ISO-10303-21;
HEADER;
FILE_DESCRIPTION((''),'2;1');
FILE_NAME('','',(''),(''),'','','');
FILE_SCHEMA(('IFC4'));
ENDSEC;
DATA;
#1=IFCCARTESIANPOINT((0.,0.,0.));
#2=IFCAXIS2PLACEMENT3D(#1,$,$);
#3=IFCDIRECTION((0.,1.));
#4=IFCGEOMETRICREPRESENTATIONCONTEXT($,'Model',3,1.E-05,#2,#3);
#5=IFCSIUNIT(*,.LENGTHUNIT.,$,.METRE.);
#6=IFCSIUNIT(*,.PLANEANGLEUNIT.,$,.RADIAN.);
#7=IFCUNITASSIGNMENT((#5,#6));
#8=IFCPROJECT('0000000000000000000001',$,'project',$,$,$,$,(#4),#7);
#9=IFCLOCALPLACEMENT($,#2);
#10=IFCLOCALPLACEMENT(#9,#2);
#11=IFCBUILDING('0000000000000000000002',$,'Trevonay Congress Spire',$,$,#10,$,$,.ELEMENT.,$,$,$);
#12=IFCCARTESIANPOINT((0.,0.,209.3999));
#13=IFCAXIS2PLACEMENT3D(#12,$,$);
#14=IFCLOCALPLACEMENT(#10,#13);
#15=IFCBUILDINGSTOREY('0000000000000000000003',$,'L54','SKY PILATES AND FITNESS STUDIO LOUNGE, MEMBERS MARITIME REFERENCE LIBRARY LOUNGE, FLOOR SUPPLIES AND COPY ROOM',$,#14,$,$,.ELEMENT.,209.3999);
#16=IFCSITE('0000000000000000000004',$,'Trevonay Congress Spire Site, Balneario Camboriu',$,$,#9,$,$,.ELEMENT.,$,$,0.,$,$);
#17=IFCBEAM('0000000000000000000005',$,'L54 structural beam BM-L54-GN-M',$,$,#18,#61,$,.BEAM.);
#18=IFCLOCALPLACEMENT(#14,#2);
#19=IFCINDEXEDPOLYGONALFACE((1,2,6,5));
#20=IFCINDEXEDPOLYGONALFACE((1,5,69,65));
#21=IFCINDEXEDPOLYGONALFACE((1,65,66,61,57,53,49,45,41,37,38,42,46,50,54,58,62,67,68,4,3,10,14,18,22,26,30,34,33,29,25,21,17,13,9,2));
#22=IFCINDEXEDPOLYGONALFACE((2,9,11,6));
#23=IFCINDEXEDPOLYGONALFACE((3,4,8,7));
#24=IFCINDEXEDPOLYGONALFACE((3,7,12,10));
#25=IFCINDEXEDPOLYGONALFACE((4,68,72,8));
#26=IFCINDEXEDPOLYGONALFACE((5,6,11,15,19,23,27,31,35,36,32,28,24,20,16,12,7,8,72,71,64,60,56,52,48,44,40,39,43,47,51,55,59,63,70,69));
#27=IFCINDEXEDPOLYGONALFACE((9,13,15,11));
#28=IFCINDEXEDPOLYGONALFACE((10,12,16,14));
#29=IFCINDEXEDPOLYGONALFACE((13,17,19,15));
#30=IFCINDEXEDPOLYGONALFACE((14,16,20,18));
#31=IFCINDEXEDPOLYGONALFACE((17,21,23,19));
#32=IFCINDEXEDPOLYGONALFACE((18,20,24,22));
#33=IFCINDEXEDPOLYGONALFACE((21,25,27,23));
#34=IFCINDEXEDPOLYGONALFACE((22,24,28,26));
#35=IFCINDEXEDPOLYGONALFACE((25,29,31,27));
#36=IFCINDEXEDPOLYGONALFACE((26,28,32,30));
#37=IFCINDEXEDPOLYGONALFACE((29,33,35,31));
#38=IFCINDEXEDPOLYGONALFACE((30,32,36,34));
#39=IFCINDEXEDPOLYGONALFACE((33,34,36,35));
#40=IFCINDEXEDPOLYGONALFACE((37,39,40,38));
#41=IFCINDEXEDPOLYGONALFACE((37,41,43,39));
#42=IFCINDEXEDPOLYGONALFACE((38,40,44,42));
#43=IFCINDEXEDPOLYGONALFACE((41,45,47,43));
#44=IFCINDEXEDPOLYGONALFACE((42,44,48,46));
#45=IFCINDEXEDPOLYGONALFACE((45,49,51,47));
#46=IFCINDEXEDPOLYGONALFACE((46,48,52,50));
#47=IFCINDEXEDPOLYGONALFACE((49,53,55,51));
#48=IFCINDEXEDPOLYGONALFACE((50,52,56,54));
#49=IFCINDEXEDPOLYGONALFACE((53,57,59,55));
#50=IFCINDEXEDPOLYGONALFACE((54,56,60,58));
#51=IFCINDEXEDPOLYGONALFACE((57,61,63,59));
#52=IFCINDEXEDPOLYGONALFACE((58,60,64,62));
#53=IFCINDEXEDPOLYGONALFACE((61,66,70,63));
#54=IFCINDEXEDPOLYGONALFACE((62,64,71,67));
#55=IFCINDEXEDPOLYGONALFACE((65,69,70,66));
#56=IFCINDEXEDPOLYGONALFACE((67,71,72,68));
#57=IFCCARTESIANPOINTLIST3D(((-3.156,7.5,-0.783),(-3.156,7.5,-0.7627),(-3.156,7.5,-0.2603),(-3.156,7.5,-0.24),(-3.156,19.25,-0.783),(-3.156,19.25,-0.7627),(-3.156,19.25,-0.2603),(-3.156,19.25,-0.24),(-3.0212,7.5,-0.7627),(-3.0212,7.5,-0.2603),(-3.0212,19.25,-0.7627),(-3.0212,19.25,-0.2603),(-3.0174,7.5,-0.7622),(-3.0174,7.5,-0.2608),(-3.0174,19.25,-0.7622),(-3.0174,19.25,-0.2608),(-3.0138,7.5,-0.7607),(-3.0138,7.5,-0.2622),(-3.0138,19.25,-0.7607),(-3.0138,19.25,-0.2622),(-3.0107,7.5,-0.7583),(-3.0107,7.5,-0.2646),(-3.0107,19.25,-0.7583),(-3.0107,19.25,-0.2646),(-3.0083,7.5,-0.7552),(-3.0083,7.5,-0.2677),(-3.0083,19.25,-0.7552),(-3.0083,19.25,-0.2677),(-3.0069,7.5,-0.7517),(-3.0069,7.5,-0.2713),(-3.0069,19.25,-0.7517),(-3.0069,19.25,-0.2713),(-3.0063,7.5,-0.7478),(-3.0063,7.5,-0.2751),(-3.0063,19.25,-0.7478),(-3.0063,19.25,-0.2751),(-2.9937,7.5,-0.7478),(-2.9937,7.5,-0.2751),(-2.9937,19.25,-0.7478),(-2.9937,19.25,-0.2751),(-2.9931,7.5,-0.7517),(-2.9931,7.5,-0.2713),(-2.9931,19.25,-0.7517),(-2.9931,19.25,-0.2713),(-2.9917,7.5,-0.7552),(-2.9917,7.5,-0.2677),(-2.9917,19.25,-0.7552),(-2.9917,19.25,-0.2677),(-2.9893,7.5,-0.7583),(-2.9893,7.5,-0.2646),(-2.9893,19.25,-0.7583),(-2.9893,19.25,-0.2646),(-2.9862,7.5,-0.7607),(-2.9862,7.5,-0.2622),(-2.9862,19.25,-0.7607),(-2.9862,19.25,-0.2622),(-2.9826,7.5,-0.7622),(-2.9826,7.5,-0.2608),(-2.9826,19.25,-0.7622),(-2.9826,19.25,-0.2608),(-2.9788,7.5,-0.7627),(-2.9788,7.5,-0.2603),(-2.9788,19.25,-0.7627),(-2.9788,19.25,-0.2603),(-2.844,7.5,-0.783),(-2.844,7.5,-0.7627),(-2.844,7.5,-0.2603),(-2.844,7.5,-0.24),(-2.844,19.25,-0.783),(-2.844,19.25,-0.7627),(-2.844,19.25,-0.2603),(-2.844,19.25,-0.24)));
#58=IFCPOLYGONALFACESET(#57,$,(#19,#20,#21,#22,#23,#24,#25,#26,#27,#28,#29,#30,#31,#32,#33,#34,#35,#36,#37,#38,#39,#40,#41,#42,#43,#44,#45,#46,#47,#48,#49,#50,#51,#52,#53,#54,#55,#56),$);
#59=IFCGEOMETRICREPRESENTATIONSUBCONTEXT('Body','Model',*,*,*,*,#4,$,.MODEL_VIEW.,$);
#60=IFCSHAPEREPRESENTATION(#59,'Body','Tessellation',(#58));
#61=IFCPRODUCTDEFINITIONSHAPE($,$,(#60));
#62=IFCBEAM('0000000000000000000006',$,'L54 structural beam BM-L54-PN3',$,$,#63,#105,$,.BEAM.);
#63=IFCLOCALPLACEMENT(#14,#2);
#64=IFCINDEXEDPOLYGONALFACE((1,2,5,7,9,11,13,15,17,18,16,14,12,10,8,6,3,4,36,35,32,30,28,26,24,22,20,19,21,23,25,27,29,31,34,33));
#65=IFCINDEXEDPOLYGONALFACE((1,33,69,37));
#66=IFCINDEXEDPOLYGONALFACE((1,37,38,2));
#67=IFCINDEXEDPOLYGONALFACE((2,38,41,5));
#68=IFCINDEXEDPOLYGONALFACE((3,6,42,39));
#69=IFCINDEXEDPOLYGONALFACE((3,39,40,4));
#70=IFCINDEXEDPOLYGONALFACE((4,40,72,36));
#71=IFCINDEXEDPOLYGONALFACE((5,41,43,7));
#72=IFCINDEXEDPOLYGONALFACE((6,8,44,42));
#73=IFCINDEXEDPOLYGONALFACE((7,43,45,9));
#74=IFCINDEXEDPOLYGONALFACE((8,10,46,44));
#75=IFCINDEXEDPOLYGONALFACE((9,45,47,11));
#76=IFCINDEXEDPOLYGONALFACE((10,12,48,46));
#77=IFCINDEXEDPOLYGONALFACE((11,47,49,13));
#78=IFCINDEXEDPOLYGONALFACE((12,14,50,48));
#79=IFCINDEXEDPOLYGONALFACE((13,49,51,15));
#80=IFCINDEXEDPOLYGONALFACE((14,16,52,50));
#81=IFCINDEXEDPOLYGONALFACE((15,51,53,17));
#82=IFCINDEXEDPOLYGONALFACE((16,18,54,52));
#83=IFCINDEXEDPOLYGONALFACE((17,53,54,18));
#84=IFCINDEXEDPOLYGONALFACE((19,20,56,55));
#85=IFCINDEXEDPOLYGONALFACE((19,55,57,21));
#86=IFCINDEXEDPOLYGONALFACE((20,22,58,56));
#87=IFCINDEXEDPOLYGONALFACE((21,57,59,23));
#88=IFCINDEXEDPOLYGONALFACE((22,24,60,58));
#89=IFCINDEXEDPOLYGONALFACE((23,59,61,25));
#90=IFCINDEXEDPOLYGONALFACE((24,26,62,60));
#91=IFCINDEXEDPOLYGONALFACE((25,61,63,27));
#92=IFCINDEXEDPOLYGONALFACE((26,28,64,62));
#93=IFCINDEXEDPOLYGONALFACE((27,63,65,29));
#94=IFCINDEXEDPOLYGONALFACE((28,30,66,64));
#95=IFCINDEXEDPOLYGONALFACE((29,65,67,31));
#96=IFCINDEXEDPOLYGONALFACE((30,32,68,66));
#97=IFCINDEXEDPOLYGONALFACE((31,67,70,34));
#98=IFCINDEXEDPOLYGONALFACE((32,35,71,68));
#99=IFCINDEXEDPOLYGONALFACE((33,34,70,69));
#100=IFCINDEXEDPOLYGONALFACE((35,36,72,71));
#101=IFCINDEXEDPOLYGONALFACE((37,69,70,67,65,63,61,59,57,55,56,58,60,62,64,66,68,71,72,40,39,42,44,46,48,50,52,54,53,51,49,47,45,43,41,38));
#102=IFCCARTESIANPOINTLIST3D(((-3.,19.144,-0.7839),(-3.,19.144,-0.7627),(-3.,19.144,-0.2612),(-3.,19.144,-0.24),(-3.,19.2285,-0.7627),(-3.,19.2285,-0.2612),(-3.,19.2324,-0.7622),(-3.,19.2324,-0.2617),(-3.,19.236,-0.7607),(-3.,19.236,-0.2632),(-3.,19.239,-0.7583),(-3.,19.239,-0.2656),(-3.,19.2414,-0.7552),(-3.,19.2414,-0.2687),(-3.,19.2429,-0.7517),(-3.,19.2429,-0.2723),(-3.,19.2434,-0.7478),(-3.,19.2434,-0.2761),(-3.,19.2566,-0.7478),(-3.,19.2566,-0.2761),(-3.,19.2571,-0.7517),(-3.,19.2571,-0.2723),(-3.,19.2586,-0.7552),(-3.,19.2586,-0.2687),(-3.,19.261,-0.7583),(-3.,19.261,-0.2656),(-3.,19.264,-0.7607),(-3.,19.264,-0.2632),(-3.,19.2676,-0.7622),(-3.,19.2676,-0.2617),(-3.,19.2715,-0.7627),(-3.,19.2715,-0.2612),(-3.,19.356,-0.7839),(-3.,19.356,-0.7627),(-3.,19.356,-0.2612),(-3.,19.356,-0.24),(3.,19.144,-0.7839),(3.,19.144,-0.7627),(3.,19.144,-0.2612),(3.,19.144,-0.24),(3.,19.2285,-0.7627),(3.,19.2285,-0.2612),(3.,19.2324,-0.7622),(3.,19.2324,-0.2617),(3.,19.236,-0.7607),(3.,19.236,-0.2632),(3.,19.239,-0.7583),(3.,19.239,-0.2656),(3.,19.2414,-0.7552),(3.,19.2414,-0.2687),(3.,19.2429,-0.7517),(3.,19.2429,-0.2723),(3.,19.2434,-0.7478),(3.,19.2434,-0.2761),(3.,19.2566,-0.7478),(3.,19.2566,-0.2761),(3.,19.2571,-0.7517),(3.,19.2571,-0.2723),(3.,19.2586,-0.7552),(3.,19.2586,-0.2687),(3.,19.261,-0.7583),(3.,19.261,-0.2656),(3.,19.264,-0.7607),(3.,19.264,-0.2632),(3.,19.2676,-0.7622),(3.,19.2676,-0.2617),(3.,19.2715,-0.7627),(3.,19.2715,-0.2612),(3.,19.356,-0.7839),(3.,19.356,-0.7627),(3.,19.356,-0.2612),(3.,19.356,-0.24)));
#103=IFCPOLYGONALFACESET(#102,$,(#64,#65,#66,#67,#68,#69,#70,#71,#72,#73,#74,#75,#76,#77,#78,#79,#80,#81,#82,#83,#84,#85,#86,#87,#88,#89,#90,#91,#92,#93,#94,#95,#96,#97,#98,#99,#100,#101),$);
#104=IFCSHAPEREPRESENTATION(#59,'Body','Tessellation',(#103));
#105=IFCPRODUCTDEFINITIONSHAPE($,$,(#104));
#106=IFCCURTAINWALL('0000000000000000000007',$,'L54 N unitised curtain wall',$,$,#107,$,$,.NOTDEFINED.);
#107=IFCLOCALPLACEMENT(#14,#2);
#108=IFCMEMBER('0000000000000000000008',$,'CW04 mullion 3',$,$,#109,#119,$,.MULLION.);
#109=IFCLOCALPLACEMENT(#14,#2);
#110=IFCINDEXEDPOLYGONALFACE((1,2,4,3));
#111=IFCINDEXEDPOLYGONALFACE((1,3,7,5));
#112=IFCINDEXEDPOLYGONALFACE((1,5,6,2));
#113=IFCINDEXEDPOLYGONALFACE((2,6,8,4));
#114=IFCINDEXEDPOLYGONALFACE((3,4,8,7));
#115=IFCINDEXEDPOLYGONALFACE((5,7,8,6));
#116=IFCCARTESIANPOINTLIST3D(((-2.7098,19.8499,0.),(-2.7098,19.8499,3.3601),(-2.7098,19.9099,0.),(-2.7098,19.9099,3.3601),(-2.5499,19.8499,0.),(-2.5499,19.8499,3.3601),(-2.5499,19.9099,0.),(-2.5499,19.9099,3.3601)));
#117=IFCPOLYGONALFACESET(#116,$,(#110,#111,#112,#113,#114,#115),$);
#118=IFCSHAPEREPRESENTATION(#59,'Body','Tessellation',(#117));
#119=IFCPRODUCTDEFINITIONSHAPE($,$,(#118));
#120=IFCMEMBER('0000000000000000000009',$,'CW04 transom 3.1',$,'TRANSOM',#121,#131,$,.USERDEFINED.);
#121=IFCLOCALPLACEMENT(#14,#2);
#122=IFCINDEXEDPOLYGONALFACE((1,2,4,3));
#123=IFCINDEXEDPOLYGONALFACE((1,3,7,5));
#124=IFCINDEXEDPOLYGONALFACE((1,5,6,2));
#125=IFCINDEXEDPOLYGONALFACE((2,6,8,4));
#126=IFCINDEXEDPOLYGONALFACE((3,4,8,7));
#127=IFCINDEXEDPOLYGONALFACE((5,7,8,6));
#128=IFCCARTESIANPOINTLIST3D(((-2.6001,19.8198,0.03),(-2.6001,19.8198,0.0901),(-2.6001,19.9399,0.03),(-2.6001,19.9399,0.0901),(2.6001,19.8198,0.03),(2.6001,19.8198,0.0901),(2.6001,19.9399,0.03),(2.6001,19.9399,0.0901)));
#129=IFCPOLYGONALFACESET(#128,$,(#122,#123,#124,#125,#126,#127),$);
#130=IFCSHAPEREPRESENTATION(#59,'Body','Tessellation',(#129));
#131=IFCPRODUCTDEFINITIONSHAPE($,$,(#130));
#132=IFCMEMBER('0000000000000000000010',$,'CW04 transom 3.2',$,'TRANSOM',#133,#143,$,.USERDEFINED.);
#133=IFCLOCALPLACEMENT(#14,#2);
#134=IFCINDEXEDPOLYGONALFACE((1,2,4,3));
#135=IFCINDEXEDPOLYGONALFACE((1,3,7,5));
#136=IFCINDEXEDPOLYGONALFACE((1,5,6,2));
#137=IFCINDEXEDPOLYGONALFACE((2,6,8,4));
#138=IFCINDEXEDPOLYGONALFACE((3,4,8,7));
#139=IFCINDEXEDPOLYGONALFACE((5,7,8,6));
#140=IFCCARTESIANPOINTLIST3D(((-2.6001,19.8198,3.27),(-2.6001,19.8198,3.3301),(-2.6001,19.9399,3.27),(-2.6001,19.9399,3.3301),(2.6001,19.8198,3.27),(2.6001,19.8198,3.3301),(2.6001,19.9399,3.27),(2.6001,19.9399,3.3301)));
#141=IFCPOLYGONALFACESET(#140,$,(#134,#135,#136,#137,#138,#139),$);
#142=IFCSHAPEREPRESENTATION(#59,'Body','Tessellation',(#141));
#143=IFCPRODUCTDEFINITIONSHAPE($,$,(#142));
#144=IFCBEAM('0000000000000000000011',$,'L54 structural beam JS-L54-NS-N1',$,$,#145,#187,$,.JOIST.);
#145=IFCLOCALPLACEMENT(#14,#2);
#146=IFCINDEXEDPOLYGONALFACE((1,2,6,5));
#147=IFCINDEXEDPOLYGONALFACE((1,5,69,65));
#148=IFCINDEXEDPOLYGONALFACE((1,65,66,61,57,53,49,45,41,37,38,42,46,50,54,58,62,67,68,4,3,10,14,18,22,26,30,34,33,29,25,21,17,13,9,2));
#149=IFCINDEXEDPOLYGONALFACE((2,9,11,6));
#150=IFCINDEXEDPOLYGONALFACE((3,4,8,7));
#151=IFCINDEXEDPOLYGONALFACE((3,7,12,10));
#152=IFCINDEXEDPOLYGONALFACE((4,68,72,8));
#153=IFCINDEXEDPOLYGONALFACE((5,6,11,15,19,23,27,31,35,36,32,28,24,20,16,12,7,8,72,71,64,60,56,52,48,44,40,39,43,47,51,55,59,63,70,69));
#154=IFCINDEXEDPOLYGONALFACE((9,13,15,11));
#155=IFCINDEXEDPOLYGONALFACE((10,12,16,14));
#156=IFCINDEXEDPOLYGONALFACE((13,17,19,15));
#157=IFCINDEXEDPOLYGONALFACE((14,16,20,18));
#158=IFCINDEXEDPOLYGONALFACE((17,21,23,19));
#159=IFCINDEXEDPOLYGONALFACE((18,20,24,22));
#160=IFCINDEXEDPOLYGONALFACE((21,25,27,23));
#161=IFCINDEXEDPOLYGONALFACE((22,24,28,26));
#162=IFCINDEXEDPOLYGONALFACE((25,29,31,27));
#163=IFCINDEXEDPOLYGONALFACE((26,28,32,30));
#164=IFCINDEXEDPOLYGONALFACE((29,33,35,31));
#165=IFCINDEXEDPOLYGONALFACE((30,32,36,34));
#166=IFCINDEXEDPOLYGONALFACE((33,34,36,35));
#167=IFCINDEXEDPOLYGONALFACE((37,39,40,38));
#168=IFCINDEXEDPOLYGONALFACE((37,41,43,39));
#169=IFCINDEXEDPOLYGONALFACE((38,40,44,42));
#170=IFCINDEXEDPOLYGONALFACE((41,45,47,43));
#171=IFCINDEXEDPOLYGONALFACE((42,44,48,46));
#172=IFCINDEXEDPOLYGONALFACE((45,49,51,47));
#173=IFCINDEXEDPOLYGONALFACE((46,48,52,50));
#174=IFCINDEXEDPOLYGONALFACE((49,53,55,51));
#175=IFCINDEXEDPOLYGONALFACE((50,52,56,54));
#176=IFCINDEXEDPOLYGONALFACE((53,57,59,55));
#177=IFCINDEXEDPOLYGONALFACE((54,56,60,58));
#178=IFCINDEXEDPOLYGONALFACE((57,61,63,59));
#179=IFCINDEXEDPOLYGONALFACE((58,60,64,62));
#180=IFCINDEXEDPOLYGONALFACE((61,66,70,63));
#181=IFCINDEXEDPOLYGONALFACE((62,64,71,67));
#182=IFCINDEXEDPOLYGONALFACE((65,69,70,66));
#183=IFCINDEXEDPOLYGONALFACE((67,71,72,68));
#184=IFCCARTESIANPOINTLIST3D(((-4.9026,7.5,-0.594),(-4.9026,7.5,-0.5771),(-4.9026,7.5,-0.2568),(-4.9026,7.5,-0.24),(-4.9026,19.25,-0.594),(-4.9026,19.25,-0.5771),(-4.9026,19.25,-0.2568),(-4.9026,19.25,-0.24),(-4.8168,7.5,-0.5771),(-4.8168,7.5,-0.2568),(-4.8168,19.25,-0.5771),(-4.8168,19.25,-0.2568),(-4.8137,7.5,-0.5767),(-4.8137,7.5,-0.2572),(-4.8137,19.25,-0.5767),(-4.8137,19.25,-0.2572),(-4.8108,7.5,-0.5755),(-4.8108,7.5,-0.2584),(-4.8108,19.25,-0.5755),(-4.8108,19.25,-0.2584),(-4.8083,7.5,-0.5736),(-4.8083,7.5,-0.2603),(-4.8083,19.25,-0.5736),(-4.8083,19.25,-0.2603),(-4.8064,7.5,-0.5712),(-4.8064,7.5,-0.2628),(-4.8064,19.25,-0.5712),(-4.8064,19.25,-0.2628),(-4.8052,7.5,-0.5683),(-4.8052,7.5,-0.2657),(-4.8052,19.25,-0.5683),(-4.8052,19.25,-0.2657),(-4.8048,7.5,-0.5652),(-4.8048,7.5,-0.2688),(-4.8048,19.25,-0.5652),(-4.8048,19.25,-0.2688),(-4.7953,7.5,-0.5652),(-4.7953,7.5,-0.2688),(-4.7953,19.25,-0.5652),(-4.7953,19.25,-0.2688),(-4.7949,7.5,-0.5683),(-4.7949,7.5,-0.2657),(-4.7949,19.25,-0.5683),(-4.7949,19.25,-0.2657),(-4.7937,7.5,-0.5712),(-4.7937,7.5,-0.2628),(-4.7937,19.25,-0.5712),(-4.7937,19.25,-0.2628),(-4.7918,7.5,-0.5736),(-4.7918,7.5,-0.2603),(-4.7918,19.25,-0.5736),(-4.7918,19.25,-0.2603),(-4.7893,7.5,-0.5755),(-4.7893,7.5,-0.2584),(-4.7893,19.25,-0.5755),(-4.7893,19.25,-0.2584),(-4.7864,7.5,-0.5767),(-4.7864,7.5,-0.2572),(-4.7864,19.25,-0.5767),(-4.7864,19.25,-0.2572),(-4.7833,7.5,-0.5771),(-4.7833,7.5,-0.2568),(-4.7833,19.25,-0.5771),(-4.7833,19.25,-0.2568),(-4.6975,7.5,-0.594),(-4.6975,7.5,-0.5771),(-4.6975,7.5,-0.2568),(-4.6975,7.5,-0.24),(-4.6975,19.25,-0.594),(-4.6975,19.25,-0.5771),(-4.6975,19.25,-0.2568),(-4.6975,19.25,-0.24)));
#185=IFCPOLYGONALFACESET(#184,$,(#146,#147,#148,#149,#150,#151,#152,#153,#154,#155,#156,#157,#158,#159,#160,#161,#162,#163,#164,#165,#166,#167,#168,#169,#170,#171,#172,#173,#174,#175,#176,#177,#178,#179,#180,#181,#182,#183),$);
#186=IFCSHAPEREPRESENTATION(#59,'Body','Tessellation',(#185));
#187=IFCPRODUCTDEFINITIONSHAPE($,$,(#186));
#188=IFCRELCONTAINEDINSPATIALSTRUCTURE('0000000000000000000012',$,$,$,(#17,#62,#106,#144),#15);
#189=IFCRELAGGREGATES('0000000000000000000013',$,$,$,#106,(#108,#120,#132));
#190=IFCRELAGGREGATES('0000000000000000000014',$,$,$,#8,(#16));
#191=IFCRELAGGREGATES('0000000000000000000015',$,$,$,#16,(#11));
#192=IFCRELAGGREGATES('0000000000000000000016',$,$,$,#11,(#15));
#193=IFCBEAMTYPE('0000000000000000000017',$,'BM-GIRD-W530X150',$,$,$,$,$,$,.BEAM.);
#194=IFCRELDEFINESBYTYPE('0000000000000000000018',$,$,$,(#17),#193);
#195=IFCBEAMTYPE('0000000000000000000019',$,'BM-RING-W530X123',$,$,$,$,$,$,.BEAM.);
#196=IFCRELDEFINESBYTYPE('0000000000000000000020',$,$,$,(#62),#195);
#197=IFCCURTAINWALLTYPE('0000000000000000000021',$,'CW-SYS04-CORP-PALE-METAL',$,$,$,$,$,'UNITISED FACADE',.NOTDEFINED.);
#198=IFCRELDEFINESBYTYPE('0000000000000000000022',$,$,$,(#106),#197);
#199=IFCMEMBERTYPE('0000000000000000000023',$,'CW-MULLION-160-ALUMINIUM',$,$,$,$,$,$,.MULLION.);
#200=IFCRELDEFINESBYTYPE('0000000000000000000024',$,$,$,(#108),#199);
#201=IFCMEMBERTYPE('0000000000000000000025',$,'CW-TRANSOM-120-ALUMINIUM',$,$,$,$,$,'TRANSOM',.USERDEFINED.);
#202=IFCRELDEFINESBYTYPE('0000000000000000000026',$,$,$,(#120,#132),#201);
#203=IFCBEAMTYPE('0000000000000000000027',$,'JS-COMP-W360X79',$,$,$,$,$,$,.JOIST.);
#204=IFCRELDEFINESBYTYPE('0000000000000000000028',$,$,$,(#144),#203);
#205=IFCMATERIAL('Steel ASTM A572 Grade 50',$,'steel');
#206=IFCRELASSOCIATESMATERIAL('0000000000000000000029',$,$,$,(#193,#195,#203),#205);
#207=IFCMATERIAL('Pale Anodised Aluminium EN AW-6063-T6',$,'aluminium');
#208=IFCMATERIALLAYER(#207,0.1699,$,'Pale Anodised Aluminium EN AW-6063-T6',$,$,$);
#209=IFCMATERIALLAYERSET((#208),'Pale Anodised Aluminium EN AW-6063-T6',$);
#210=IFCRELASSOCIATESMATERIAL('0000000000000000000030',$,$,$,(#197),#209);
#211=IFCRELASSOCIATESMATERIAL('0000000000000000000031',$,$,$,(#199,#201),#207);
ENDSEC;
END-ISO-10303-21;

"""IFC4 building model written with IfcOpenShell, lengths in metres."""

from ifc_helpers import new_model, si_unit, direction, frame, origin, origin_2d, place, context, subcontext, project, spatial, rectangle, i_section, extrude, material, layer, layer_set, material_profile, profile_set, type_object, element, aggregate, save


model = new_model("IFC4")

# Units and contexts
model_context = context("Model", 3, precision=1e-05, world=origin(), true_north=direction((0.0, 1.0)))
body_context = subcontext(model_context, "Body", "Model", "MODEL_VIEW")
ifc_project = project(units=[si_unit("LENGTHUNIT", "METRE"), si_unit("PLANEANGLEUNIT", "RADIAN")], contexts=[model_context])

# Site, building, storey
site_placement = place(None, origin())
site = spatial("IfcSite", under=ifc_project, at=site_placement, Name="Trevonay Congress Spire Site, Balneario Camboriu", CompositionType="ELEMENT", RefElevation=0.0)
building_placement = place(site_placement, origin())
building = spatial("IfcBuilding", under=site, at=building_placement, Name="Trevonay Congress Spire", CompositionType="ELEMENT")
storey_placement = place(building_placement, frame((0.0, 0.0, 209.3999)))
storey = spatial("IfcBuildingStorey", under=building, at=storey_placement, Name="L54", Description="SKY PILATES AND FITNESS STUDIO LOUNGE, MEMBERS MARITIME REFERENCE LIBRARY LOUNGE, FLOOR SUPPLIES AND COPY ROOM", CompositionType="ELEMENT", Elevation=209.3999)

# Shared definitions
ifc_material_1 = material(Name="Steel ASTM A572 Grade 50", Category="steel")

# Beams
ifc_material_profile_1 = material_profile(ifc_material_1, i_section(OverallWidth=0.312, OverallDepth=0.543, WebThickness=0.0127, FlangeThickness=0.0203, FilletRadius=0.0149, at=origin_2d()), Name="W530x150")
ifc_profile_set_1 = profile_set([ifc_material_profile_1], Name="Steel ASTM A572 Grade 50")
beam_type_1 = type_object("IfcBeamType", Name="BM-GIRD-W530X150", PredefinedType="BEAM", material=ifc_profile_set_1)
beam_1_placement = place(storey_placement, frame((-3.0, 7.5, -0.5115), z_axis=(0.0, 1.0, 0.0), x_axis=(-1.0, 0.0, 0.0)))
element("IfcBeam", 1, at=beam_1_placement, inside=storey, type_object=beam_type_1, Name="L54 structural beam BM-L54-GN-M", PredefinedType="BEAM", context=body_context, shape_type="SweptSolid", body=[
    extrude(i_section(OverallWidth=0.312, OverallDepth=0.543, WebThickness=0.0127, FlangeThickness=0.0203, FilletRadius=0.0149, at=origin_2d()), origin(), (0.0, 0.0, 1.0), 11.75),
])
ifc_material_profile_2 = material_profile(ifc_material_1, i_section(OverallWidth=0.2119, OverallDepth=0.5439, WebThickness=0.0132, FlangeThickness=0.0212, FilletRadius=0.0149, at=origin_2d()), Name="W530x123")
ifc_profile_set_2 = profile_set([ifc_material_profile_2], Name="Steel ASTM A572 Grade 50")
beam_type_2 = type_object("IfcBeamType", Name="BM-RING-W530X123", PredefinedType="BEAM", material=ifc_profile_set_2)
beam_2_placement = place(storey_placement, frame((-3.0, 19.25, -0.512), z_axis=(1.0, 0.0, 0.0), x_axis=(0.0, 1.0, 0.0)))
element("IfcBeam", 2, at=beam_2_placement, inside=storey, type_object=beam_type_2, Name="L54 structural beam BM-L54-PN3", PredefinedType="BEAM", context=body_context, shape_type="SweptSolid", body=[
    extrude(i_section(OverallWidth=0.2119, OverallDepth=0.5439, WebThickness=0.0132, FlangeThickness=0.0212, FilletRadius=0.0149, at=origin_2d()), origin(), (0.0, 0.0, 1.0), 6.0),
])

# Curtain wall, members
ifc_material_2 = material(Name="Pale Anodised Aluminium EN AW-6063-T6", Category="aluminium")
ifc_layer_1 = layer(ifc_material_2, 0.1699, Name="Pale Anodised Aluminium EN AW-6063-T6")
ifc_layer_set_1 = layer_set([ifc_layer_1], Name="Pale Anodised Aluminium EN AW-6063-T6")
curtain_wall_type = type_object("IfcCurtainWallType", Name="CW-SYS04-CORP-PALE-METAL", ElementType="UNITISED FACADE", PredefinedType="NOTDEFINED", material=ifc_layer_set_1)
curtain_wall_placement = place(storey_placement, origin())
curtain_wall = element("IfcCurtainWall", 3, at=curtain_wall_placement, inside=storey, type_object=curtain_wall_type, Name="L54 N unitised curtain wall", PredefinedType="NOTDEFINED")
ifc_material_profile_3 = material_profile(ifc_material_2, rectangle(XDim=0.0601, YDim=0.1599, at=origin_2d()), Name="CW-MULLION-160-ALUMINIUM")
ifc_profile_set_3 = profile_set([ifc_material_profile_3], Name="Pale Anodised Aluminium EN AW-6063-T6")
member_type_1 = type_object("IfcMemberType", Name="CW-MULLION-160-ALUMINIUM", PredefinedType="MULLION", material=ifc_profile_set_3)
member_1_placement = place(storey_placement, frame((-2.6299, 19.8799, 0.0), z_axis=(0.0, 0.0, 1.0), x_axis=(0.0, 1.0, 0.0)))
member_1 = element("IfcMember", 4, at=member_1_placement, type_object=member_type_1, Name="CW04 mullion 3", PredefinedType="MULLION", context=body_context, shape_type="SweptSolid", body=[
    extrude(rectangle(XDim=0.0601, YDim=0.1599, at=origin_2d()), origin(), (0.0, 0.0, 1.0), 3.3601),
])
ifc_material_profile_4 = material_profile(ifc_material_2, rectangle(XDim=0.1201, YDim=0.0601, at=origin_2d()), Name="CW-TRANSOM-120-ALUMINIUM")
ifc_profile_set_4 = profile_set([ifc_material_profile_4], Name="Pale Anodised Aluminium EN AW-6063-T6")
member_type_2 = type_object("IfcMemberType", Name="CW-TRANSOM-120-ALUMINIUM", ElementType="TRANSOM", PredefinedType="USERDEFINED", material=ifc_profile_set_4)
member_2_placement = place(storey_placement, frame((-2.6001, 19.8799, 0.0601), z_axis=(1.0, 0.0, 0.0), x_axis=(0.0, 1.0, 0.0)))
member_2 = element("IfcMember", 5, at=member_2_placement, type_object=member_type_2, Name="CW04 transom 3.1", ObjectType="TRANSOM", PredefinedType="USERDEFINED", context=body_context, shape_type="SweptSolid", body=[
    extrude(rectangle(XDim=0.1201, YDim=0.0601, at=origin_2d()), origin(), (0.0, 0.0, 1.0), 5.2002),
])
member_3_placement = place(storey_placement, frame((-2.6001, 19.8799, 3.3), z_axis=(1.0, 0.0, 0.0), x_axis=(0.0, 1.0, 0.0)))
member_3 = element("IfcMember", 6, at=member_3_placement, type_object=member_type_2, Name="CW04 transom 3.2", ObjectType="TRANSOM", PredefinedType="USERDEFINED", context=body_context, shape_type="SweptSolid", body=[
    extrude(rectangle(XDim=0.1201, YDim=0.0601, at=origin_2d()), origin(), (0.0, 0.0, 1.0), 5.2002),
])

# Beam
ifc_material_profile_5 = material_profile(ifc_material_1, i_section(OverallWidth=0.2051, OverallDepth=0.354, WebThickness=0.0095, FlangeThickness=0.0168, FilletRadius=0.012, at=origin_2d()), Name="W360x79")
ifc_profile_set_5 = profile_set([ifc_material_profile_5], Name="Steel ASTM A572 Grade 50")
beam_type_3 = type_object("IfcBeamType", Name="JS-COMP-W360X79", PredefinedType="JOIST", material=ifc_profile_set_5)
for number, where, z_axis, x_axis, name in (
    (7, (-4.8, 7.5, -0.417), (0.0, 1.0, 0.0), (-1.0, 0.0, 0.0), "L54 structural beam JS-L54-NS-N1"),
):
    element("IfcBeam", number, at=place(storey_placement, frame(where, z_axis=z_axis, x_axis=x_axis)), inside=storey, type_object=beam_type_3, Name=name, PredefinedType="JOIST", context=body_context, shape_type="SweptSolid", body=[
        extrude(i_section(OverallWidth=0.2051, OverallDepth=0.354, WebThickness=0.0095, FlangeThickness=0.0168, FilletRadius=0.012, at=origin_2d()), origin(), (0.0, 0.0, 1.0), 11.75),
    ])

aggregate(curtain_wall, [member_1, member_2, member_3])

save(model, "model.ifc")
